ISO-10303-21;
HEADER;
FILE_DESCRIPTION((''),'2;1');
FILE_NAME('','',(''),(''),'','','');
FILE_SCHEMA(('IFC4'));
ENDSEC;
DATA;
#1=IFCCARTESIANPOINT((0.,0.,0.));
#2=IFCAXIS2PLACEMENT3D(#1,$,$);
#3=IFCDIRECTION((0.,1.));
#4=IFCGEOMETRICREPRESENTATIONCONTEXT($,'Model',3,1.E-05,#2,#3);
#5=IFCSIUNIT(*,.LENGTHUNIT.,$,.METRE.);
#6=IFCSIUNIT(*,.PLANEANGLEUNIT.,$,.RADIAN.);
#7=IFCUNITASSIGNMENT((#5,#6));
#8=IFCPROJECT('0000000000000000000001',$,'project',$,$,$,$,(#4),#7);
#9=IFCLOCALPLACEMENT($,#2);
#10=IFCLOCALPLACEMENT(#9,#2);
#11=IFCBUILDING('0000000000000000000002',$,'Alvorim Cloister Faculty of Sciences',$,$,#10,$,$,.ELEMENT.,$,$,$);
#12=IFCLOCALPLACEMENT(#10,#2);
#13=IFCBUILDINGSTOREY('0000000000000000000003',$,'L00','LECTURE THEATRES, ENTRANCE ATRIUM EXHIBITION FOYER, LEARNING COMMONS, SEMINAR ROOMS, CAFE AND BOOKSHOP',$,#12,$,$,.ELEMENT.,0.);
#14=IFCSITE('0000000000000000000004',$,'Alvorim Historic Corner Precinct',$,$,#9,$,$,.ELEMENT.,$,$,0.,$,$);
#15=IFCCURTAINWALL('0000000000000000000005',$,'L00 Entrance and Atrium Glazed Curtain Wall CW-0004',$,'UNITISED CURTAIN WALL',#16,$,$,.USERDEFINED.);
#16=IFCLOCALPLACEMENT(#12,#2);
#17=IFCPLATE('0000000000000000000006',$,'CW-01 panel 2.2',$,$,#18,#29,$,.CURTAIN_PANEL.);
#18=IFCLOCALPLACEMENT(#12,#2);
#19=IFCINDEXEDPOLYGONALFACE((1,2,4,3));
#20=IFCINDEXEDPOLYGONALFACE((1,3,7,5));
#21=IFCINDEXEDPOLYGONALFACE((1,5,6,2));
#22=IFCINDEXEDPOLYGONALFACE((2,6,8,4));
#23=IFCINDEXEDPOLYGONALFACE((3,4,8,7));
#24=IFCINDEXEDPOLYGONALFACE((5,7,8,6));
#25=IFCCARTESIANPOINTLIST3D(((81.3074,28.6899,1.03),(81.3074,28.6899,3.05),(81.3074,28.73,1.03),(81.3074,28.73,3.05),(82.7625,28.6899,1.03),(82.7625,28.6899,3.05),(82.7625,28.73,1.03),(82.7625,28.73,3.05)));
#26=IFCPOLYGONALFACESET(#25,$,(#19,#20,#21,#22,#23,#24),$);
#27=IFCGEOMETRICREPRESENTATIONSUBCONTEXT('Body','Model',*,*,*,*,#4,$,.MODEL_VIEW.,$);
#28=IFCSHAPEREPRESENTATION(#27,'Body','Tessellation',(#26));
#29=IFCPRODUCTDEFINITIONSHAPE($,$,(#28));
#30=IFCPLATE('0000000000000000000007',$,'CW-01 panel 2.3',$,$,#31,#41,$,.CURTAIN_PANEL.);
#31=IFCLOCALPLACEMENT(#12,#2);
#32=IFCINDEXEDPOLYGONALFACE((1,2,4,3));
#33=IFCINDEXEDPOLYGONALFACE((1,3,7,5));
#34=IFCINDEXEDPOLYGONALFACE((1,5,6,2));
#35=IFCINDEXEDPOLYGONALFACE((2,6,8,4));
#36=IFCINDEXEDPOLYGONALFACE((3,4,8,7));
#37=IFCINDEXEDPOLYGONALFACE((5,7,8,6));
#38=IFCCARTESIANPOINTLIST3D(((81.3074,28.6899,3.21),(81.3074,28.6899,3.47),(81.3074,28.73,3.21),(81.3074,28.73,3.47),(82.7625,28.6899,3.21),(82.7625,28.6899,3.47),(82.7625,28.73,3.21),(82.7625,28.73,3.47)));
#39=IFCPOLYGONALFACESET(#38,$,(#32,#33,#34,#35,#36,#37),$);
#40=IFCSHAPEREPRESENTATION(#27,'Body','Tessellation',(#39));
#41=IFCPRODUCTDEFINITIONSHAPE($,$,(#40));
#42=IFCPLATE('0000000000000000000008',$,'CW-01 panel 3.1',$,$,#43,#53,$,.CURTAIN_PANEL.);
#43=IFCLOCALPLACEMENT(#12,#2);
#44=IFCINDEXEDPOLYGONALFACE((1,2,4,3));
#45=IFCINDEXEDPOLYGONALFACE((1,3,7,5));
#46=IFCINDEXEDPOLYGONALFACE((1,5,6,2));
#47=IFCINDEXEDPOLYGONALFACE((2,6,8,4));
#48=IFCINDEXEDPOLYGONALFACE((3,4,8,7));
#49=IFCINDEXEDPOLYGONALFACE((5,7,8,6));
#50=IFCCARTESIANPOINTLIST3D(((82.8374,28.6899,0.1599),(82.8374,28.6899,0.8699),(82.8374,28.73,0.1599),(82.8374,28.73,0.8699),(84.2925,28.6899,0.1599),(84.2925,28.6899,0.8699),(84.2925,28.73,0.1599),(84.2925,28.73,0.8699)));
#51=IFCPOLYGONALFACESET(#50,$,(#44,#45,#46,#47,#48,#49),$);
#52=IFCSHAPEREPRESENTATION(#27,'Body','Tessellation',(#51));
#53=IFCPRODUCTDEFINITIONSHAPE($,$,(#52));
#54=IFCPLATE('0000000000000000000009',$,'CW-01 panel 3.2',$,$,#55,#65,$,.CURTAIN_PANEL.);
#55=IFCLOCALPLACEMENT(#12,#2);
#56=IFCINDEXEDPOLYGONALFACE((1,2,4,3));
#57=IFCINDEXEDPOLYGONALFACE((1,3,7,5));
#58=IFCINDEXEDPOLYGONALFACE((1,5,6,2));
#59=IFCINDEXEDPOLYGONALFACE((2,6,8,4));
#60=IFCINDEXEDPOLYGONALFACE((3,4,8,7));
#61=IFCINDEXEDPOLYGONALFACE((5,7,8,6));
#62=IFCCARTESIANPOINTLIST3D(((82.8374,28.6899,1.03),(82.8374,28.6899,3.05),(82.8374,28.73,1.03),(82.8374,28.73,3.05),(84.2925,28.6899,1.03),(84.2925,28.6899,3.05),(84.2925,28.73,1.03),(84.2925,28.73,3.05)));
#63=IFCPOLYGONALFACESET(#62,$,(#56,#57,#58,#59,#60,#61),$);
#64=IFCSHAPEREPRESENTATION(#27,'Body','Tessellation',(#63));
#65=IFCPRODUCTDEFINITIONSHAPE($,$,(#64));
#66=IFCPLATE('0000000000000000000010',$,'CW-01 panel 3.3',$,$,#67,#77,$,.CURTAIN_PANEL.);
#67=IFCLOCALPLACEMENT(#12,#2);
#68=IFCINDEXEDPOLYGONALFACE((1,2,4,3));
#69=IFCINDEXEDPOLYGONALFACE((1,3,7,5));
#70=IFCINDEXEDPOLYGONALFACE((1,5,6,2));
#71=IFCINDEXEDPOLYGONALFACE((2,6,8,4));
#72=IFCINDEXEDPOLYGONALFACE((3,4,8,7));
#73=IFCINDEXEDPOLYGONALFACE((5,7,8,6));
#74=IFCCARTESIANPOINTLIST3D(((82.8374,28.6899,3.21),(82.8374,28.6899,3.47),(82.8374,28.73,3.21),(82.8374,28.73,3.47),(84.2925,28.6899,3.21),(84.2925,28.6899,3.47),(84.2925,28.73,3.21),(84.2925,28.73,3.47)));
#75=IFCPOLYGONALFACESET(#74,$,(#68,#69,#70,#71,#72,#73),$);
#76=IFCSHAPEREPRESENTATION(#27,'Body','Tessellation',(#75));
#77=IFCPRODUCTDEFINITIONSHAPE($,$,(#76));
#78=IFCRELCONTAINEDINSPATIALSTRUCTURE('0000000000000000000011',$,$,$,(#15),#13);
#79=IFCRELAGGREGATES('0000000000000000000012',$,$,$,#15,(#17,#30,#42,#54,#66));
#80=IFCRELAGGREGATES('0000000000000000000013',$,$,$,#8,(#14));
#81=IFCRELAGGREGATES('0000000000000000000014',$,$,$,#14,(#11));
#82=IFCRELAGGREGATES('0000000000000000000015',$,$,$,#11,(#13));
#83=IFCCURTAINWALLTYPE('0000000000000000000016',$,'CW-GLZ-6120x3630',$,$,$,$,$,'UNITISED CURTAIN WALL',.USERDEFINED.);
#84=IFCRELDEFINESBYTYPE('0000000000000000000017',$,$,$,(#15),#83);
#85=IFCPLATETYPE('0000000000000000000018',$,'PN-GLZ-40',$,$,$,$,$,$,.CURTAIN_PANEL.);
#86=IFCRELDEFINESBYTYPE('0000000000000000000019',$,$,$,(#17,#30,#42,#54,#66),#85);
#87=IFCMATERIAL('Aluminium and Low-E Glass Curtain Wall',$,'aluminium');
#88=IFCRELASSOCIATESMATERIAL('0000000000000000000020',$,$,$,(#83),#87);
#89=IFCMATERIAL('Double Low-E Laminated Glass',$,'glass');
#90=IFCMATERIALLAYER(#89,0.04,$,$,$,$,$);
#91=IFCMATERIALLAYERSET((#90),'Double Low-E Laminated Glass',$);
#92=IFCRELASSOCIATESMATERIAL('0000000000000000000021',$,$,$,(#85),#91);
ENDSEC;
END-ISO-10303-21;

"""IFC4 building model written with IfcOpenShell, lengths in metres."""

from ifc_helpers import new_model, si_unit, direction, frame, origin, origin_2d, place, context, subcontext, project, spatial, rectangle, extrude, material, layer, layer_set, type_object, element, aggregate, save


model = new_model("IFC4")

# Units and contexts
model_context = context("Model", 3, precision=1e-05, world=origin(), true_north=direction((0.0, 1.0)))
body_context = subcontext(model_context, "Body", "Model", "MODEL_VIEW")
ifc_project = project(units=[si_unit("LENGTHUNIT", "METRE"), si_unit("PLANEANGLEUNIT", "RADIAN")], contexts=[model_context])

# Site, building, storey
site_placement = place(None, origin())
site = spatial("IfcSite", under=ifc_project, at=site_placement, Name="Alvorim Historic Corner Precinct", CompositionType="ELEMENT", RefElevation=0.0)
building_placement = place(site_placement, origin())
building = spatial("IfcBuilding", under=site, at=building_placement, Name="Alvorim Cloister Faculty of Sciences", CompositionType="ELEMENT")
storey_placement = place(building_placement, origin())
storey = spatial("IfcBuildingStorey", under=building, at=storey_placement, Name="L00", Description="LECTURE THEATRES, ENTRANCE ATRIUM EXHIBITION FOYER, LEARNING COMMONS, SEMINAR ROOMS, CAFE AND BOOKSHOP", CompositionType="ELEMENT", Elevation=0.0)

# Curtain wall, plates
ifc_material_1 = material(Name="Aluminium and Low-E Glass Curtain Wall", Category="aluminium")
curtain_wall_type = type_object("IfcCurtainWallType", Name="CW-GLZ-6120x3630", ElementType="UNITISED CURTAIN WALL", PredefinedType="USERDEFINED", material=ifc_material_1)
curtain_wall_placement = place(storey_placement, origin())
curtain_wall = element("IfcCurtainWall", 1, at=curtain_wall_placement, inside=storey, type_object=curtain_wall_type, Name="L00 Entrance and Atrium Glazed Curtain Wall CW-0004", ObjectType="UNITISED CURTAIN WALL", PredefinedType="USERDEFINED")
ifc_material_2 = material(Name="Double Low-E Laminated Glass", Category="glass")
ifc_layer = layer(ifc_material_2, 0.04)
ifc_layer_set = layer_set([ifc_layer], Name="Double Low-E Laminated Glass")
plate_type = type_object("IfcPlateType", Name="PN-GLZ-40", PredefinedType="CURTAIN_PANEL", material=ifc_layer_set)
plate_1_placement = place(storey_placement, frame((82.0349, 28.71, 1.03), z_axis=(0.0, 0.0, 1.0), x_axis=(1.0, 0.0, 0.0)))
plate_1 = element("IfcPlate", 2, at=plate_1_placement, type_object=plate_type, Name="CW-01 panel 2.2", PredefinedType="CURTAIN_PANEL", context=body_context, shape_type="SweptSolid", body=[
    extrude(rectangle(XDim=1.4551, YDim=0.04, at=origin_2d()), origin(), (0.0, 0.0, 1.0), 2.02),
])
plate_2_placement = place(storey_placement, frame((82.0349, 28.71, 3.21), z_axis=(0.0, 0.0, 1.0), x_axis=(1.0, 0.0, 0.0)))
plate_2 = element("IfcPlate", 3, at=plate_2_placement, type_object=plate_type, Name="CW-01 panel 2.3", PredefinedType="CURTAIN_PANEL", context=body_context, shape_type="SweptSolid", body=[
    extrude(rectangle(XDim=1.4551, YDim=0.04, at=origin_2d()), origin(), (0.0, 0.0, 1.0), 0.26),
])
plate_3_placement = place(storey_placement, frame((83.5649, 28.71, 0.1599), z_axis=(0.0, 0.0, 1.0), x_axis=(1.0, 0.0, 0.0)))
plate_3 = element("IfcPlate", 4, at=plate_3_placement, type_object=plate_type, Name="CW-01 panel 3.1", PredefinedType="CURTAIN_PANEL", context=body_context, shape_type="SweptSolid", body=[
    extrude(rectangle(XDim=1.4551, YDim=0.04, at=origin_2d()), origin(), (0.0, 0.0, 1.0), 0.71),
])
plate_4_placement = place(storey_placement, frame((83.5649, 28.71, 1.03), z_axis=(0.0, 0.0, 1.0), x_axis=(1.0, 0.0, 0.0)))
plate_4 = element("IfcPlate", 5, at=plate_4_placement, type_object=plate_type, Name="CW-01 panel 3.2", PredefinedType="CURTAIN_PANEL", context=body_context, shape_type="SweptSolid", body=[
    extrude(rectangle(XDim=1.4551, YDim=0.04, at=origin_2d()), origin(), (0.0, 0.0, 1.0), 2.02),
])
plate_5_placement = place(storey_placement, frame((83.5649, 28.71, 3.21), z_axis=(0.0, 0.0, 1.0), x_axis=(1.0, 0.0, 0.0)))
plate_5 = element("IfcPlate", 6, at=plate_5_placement, type_object=plate_type, Name="CW-01 panel 3.3", PredefinedType="CURTAIN_PANEL", context=body_context, shape_type="SweptSolid", body=[
    extrude(rectangle(XDim=1.4551, YDim=0.04, at=origin_2d()), origin(), (0.0, 0.0, 1.0), 0.26),
])
aggregate(curtain_wall, [plate_1, plate_2, plate_3, plate_4, plate_5])

save(model, "model.ifc")
